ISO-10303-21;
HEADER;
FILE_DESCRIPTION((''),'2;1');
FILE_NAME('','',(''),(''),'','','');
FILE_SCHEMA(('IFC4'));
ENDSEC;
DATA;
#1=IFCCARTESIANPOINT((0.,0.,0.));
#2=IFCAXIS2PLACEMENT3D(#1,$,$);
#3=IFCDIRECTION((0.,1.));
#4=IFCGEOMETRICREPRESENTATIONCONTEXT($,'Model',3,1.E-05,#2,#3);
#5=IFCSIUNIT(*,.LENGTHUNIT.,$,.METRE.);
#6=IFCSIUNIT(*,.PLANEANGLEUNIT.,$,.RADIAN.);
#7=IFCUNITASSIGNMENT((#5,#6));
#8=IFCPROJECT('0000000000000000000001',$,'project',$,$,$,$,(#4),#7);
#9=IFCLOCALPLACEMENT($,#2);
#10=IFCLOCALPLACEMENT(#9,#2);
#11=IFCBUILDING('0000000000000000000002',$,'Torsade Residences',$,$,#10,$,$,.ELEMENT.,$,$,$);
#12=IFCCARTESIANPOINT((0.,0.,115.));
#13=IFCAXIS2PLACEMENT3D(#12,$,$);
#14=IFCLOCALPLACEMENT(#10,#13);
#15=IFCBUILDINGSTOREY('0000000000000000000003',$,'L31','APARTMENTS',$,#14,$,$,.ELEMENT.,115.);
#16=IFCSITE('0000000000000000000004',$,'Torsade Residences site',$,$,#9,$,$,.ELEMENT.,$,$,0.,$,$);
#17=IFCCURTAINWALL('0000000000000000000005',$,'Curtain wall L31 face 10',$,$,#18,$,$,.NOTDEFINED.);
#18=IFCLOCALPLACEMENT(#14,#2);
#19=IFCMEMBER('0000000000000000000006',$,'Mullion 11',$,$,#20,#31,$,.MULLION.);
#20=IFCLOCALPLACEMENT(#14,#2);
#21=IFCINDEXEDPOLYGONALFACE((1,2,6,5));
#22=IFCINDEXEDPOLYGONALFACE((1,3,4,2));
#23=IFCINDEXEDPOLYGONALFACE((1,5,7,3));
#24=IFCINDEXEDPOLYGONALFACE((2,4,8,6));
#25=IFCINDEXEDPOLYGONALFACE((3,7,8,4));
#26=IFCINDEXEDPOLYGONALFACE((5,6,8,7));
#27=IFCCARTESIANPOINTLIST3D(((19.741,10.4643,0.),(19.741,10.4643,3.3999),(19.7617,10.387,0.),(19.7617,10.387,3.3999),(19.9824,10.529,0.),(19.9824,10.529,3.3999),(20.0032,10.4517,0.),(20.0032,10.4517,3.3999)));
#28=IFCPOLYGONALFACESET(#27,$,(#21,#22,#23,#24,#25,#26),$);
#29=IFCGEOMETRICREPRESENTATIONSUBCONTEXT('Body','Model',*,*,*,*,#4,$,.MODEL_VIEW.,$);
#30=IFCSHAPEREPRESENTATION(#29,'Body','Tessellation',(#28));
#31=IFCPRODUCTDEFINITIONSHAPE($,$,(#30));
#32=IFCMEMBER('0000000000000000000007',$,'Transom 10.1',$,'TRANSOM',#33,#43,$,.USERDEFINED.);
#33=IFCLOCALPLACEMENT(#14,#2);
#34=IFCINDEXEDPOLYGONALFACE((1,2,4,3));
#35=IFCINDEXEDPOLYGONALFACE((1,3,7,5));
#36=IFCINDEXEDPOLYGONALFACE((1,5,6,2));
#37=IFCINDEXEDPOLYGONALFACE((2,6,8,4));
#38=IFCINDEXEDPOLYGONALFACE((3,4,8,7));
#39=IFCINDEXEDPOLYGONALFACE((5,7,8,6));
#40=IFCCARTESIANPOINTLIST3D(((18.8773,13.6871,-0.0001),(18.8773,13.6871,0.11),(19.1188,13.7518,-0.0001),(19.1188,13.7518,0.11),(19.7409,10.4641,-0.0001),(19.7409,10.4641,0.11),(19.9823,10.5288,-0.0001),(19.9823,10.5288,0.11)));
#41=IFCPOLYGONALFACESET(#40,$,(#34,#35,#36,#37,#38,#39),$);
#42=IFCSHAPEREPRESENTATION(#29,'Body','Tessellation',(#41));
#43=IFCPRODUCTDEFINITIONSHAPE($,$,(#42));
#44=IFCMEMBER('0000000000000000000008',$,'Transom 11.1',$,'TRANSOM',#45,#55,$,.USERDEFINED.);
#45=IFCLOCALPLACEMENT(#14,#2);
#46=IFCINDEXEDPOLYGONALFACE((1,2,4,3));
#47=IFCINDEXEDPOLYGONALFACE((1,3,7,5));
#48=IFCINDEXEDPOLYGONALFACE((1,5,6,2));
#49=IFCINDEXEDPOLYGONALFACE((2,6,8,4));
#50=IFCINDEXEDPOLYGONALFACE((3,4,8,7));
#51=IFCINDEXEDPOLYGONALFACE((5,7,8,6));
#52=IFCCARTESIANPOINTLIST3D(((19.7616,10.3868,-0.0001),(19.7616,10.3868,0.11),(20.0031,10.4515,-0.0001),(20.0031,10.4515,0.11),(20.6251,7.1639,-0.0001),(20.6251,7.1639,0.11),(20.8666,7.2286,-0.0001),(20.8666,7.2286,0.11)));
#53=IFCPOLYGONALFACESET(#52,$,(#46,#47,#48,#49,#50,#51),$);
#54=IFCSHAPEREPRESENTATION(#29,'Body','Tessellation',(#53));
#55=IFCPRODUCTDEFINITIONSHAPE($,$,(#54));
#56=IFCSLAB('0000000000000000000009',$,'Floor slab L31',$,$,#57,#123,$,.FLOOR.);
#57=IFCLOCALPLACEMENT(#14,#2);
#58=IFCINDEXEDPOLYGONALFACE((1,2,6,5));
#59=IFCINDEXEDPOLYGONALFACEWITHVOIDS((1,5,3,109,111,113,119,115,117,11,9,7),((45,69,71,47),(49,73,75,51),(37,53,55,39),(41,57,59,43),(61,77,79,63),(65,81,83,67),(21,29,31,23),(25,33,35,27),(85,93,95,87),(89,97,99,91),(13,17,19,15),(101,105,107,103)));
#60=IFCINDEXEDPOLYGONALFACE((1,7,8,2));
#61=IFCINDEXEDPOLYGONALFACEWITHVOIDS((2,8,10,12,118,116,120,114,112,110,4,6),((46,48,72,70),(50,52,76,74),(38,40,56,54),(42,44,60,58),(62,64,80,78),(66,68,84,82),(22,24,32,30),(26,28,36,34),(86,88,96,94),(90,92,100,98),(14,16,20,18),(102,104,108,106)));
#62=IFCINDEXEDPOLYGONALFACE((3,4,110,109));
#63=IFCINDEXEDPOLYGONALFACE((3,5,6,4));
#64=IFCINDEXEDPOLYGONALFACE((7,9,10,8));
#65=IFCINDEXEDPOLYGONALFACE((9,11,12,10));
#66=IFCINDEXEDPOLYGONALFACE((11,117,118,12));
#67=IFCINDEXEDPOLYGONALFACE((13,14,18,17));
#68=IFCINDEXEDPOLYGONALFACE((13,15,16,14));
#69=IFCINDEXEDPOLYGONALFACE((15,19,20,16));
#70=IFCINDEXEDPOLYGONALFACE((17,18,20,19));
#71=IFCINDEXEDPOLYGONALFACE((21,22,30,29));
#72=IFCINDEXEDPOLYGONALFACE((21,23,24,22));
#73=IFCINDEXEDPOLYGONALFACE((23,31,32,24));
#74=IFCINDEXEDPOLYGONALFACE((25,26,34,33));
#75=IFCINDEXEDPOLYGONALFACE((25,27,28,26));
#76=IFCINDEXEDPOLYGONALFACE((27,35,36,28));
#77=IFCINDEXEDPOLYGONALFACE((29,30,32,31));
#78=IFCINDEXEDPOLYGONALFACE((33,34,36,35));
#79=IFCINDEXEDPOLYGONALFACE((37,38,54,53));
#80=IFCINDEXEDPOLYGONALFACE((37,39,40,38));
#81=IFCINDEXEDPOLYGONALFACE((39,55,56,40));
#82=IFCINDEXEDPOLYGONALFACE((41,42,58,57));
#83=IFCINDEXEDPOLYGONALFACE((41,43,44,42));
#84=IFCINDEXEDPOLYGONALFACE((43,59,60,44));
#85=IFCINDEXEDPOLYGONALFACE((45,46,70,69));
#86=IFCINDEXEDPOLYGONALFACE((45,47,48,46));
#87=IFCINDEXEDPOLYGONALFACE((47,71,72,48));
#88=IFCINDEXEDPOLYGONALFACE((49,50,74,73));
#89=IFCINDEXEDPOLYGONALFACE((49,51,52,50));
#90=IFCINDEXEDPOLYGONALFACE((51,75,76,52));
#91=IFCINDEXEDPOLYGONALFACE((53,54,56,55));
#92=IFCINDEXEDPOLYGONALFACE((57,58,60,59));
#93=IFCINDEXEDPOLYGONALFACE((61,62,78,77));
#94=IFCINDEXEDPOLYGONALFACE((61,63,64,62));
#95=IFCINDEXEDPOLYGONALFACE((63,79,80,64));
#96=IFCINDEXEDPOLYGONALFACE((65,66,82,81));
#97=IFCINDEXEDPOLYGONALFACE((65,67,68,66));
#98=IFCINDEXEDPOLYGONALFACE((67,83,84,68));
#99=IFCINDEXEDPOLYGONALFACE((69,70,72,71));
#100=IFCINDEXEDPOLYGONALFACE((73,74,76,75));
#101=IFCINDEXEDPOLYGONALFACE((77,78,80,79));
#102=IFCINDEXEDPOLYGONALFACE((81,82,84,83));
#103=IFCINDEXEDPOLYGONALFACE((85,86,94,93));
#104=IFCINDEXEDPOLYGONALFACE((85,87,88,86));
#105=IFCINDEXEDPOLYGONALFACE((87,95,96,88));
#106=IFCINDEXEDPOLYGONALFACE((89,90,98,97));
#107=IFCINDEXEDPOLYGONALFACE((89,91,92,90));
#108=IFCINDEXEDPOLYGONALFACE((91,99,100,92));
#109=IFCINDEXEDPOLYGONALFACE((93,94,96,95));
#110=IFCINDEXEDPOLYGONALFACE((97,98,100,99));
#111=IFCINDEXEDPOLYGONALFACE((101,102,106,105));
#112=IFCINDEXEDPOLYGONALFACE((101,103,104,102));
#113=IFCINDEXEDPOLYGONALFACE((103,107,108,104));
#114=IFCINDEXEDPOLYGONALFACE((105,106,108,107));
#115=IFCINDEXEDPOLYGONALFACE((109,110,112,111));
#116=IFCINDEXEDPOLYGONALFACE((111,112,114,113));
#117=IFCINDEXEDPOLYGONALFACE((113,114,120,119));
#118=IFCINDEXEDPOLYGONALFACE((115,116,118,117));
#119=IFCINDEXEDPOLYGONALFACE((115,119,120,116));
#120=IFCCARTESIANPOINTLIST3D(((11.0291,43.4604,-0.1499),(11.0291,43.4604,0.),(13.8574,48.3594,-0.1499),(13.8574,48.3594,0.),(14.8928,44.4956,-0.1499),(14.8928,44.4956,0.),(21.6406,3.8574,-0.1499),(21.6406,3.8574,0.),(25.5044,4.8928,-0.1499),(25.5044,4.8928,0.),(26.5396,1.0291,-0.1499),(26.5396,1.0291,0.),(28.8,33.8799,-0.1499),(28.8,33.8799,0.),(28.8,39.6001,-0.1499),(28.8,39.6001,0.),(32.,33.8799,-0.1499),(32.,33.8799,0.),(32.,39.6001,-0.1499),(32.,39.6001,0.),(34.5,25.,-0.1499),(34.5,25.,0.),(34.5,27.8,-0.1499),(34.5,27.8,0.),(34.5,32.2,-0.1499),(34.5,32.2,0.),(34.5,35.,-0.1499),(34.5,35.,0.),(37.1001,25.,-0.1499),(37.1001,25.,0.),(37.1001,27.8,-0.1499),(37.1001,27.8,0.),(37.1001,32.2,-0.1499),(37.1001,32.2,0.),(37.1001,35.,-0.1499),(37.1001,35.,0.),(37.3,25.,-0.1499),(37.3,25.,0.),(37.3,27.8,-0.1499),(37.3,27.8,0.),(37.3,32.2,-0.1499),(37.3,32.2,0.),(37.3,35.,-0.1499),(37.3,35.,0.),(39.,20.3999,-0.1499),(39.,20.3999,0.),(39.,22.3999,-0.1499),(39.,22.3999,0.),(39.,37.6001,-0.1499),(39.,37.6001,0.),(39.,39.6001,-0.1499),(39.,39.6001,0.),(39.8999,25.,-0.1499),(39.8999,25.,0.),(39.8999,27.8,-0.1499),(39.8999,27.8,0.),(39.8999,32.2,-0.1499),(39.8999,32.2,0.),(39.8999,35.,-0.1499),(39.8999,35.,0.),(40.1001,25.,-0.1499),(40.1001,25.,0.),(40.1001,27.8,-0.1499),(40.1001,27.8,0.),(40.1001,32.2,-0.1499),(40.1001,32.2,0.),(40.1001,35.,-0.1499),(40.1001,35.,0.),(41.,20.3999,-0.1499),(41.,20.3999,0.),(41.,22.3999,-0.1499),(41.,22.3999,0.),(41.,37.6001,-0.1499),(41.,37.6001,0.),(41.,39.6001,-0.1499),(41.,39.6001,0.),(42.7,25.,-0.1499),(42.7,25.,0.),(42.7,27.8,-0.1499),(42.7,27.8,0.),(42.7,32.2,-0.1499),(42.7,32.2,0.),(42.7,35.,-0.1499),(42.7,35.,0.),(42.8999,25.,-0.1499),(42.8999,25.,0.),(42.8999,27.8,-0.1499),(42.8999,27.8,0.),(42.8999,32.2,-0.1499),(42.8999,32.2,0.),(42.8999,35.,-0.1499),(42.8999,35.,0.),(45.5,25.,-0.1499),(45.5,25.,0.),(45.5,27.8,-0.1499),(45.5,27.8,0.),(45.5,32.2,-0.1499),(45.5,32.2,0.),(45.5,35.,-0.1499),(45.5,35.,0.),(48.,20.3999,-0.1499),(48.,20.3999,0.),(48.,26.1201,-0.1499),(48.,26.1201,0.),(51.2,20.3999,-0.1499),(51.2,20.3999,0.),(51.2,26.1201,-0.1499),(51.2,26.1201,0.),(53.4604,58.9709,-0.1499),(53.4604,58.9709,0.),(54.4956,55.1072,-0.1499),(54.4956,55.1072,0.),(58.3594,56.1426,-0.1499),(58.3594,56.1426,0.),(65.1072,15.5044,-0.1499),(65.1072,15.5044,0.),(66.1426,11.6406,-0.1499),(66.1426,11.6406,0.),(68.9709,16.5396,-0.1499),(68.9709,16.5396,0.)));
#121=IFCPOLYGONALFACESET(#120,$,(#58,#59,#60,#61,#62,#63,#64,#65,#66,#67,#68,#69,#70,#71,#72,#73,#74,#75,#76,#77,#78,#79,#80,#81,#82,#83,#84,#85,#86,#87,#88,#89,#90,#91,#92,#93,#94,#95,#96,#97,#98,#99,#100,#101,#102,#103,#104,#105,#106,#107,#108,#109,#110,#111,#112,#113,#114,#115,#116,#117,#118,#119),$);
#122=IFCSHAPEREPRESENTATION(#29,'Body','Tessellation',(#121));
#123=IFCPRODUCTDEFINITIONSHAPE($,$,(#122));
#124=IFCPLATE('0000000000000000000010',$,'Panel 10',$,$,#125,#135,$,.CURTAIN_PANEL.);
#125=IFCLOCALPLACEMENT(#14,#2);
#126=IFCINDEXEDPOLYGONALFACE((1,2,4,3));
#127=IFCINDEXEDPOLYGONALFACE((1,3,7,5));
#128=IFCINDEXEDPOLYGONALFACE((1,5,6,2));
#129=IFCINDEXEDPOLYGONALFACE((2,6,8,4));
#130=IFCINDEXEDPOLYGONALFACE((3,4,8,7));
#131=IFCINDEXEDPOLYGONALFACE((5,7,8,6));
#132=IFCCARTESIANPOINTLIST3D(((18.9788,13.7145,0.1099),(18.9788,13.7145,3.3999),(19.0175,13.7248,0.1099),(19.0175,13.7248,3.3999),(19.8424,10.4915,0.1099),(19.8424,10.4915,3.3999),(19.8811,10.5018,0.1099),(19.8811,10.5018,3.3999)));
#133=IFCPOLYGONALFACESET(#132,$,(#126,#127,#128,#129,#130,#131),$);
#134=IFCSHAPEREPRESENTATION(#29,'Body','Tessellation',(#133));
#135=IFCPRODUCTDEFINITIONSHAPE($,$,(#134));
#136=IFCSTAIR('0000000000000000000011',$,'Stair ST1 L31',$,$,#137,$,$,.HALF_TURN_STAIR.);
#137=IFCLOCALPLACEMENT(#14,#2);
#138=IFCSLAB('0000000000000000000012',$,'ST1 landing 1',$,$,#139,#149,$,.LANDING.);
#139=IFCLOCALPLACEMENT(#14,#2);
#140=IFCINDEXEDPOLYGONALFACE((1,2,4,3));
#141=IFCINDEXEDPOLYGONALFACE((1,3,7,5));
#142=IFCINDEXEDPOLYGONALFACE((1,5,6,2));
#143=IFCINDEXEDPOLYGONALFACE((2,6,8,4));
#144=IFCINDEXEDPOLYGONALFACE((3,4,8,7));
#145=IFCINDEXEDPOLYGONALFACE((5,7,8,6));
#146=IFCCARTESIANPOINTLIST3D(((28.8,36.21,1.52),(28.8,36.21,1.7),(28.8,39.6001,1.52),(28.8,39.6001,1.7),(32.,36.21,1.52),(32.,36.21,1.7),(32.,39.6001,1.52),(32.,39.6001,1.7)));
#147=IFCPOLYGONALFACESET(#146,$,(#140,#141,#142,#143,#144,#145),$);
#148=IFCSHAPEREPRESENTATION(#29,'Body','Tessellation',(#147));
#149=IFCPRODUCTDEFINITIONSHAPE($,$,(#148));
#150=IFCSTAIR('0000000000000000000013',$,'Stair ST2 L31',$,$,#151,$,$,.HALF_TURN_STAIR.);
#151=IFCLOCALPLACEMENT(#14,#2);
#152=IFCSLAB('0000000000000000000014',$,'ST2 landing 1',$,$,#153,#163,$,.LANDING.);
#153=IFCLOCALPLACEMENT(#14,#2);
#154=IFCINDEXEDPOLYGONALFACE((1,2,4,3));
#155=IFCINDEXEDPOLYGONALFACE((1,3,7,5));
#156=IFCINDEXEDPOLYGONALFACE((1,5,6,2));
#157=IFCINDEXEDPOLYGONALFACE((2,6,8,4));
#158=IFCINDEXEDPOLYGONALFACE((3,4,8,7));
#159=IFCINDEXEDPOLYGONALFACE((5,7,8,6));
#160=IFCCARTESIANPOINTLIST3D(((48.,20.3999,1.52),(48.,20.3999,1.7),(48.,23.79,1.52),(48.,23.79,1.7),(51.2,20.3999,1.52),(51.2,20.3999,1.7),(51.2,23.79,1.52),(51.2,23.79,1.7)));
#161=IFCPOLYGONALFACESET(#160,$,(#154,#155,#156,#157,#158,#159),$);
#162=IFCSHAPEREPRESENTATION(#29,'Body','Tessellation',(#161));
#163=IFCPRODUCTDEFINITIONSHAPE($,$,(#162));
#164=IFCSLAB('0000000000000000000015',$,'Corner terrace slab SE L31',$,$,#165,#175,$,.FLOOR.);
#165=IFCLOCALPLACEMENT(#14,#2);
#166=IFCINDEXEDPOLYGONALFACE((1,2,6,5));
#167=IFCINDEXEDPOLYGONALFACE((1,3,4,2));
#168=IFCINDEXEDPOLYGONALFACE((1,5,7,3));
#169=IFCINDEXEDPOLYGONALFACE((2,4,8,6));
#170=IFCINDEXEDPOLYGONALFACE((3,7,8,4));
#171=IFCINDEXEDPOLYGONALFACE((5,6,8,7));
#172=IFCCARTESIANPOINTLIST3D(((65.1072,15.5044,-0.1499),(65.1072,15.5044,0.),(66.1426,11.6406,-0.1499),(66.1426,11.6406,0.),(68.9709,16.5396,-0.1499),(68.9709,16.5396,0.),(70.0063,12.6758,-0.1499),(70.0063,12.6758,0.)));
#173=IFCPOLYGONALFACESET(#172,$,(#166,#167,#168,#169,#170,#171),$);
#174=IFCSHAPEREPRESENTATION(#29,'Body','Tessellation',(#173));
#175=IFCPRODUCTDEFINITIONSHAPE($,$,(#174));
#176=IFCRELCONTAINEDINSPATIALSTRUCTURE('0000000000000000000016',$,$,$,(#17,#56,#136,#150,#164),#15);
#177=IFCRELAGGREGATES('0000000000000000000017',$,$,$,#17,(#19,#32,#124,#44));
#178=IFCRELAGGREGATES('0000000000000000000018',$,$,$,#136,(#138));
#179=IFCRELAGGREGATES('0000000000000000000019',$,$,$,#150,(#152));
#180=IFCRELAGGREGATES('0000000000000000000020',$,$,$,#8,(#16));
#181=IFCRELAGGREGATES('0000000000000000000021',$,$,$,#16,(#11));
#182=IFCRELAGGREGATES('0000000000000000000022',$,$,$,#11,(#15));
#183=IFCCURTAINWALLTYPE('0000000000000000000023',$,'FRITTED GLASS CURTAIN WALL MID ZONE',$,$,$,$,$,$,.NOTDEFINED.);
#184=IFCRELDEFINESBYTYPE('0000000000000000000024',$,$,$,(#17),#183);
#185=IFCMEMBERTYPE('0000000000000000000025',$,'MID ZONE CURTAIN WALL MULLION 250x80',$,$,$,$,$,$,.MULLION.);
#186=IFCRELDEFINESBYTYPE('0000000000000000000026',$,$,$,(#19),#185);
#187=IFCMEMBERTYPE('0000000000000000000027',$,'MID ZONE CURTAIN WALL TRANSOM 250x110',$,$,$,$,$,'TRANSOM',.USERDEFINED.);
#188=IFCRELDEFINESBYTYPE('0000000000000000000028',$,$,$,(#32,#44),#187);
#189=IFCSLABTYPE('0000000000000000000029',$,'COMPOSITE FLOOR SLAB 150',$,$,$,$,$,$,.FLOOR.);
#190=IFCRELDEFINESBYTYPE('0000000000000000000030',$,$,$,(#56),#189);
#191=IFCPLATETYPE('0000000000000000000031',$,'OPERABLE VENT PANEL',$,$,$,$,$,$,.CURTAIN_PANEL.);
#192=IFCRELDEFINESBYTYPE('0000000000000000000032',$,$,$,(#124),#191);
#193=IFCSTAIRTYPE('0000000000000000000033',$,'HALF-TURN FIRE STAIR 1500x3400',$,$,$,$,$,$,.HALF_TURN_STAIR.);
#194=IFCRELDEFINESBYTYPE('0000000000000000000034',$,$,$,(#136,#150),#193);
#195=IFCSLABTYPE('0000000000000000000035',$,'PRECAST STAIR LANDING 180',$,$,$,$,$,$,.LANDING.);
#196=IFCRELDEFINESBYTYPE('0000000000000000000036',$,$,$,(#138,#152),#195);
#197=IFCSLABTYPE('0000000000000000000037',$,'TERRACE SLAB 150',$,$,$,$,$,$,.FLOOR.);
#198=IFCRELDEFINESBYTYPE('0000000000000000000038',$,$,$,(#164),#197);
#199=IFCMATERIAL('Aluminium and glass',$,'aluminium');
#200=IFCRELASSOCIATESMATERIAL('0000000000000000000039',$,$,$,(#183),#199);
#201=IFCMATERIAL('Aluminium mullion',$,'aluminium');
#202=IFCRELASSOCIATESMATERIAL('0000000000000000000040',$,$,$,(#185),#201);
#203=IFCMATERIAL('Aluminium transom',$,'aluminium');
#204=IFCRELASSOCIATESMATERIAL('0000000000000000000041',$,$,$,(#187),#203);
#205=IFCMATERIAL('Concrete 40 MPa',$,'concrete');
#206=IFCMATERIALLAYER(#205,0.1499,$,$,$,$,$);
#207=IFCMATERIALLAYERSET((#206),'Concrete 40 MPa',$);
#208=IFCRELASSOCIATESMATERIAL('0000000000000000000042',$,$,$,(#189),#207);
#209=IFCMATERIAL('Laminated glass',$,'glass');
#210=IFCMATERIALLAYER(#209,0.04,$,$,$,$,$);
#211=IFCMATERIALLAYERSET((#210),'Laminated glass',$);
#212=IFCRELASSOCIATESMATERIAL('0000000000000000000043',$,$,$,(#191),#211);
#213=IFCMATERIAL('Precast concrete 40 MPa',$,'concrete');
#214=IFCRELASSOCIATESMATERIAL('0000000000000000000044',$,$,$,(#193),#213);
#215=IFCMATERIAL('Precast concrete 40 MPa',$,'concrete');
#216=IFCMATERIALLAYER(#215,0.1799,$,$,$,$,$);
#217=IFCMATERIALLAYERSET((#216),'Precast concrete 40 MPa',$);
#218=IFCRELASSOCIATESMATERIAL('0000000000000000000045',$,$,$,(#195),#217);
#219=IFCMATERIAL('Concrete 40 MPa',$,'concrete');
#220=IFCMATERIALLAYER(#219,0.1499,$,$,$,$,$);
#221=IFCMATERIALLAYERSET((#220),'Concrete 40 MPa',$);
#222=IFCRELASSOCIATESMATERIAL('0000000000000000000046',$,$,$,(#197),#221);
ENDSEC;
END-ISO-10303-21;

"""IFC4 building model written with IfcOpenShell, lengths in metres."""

from ifc_helpers import new_model, si_unit, direction, frame, origin, origin_2d, place, context, subcontext, project, spatial, polyline, rectangle, outline, extrude, material, layer, layer_set, material_profile, profile_set, type_object, element, aggregate, save


model = new_model("IFC4")

# Units and contexts
model_context = context("Model", 3, precision=1e-05, world=origin(), true_north=direction((0.0, 1.0)))
body_context = subcontext(model_context, "Body", "Model", "MODEL_VIEW")
ifc_project = project(units=[si_unit("LENGTHUNIT", "METRE"), si_unit("PLANEANGLEUNIT", "RADIAN")], contexts=[model_context])

# Site, building, storey
site_placement = place(None, origin())
site = spatial("IfcSite", under=ifc_project, at=site_placement, Name="Torsade Residences site", CompositionType="ELEMENT", RefElevation=0.0)
building_placement = place(site_placement, origin())
building = spatial("IfcBuilding", under=site, at=building_placement, Name="Torsade Residences", CompositionType="ELEMENT")
storey_placement = place(building_placement, frame((0.0, 0.0, 115.0)))
storey = spatial("IfcBuildingStorey", under=building, at=storey_placement, Name="L31", Description="APARTMENTS", CompositionType="ELEMENT", Elevation=115.0)

# Curtain wall, members
ifc_material_1 = material(Name="Aluminium and glass", Category="aluminium")
curtain_wall_type = type_object("IfcCurtainWallType", Name="FRITTED GLASS CURTAIN WALL MID ZONE", PredefinedType="NOTDEFINED", material=ifc_material_1)
curtain_wall_placement = place(storey_placement, origin())
curtain_wall = element("IfcCurtainWall", 1, at=curtain_wall_placement, inside=storey, type_object=curtain_wall_type, Name="Curtain wall L31 face 10", PredefinedType="NOTDEFINED")
ifc_material_2 = material(Name="Aluminium mullion", Category="aluminium")
ifc_material_profile_1 = material_profile(ifc_material_2, rectangle(XDim=0.25, YDim=0.0801, at=origin_2d()), Name="MID ZONE CURTAIN WALL MULLION 250x80")
ifc_profile_set_1 = profile_set([ifc_material_profile_1], Name="Aluminium mullion")
member_type_1 = type_object("IfcMemberType", Name="MID ZONE CURTAIN WALL MULLION 250x80", PredefinedType="MULLION", material=ifc_profile_set_1)
member_1_placement = place(storey_placement, frame((19.8721, 10.458, 0.0), z_axis=(0.0, 0.0, 1.0), x_axis=(0.965926, 0.258819, 0.0)))
member_1 = element("IfcMember", 2, at=member_1_placement, type_object=member_type_1, Name="Mullion 11", PredefinedType="MULLION", context=body_context, shape_type="SweptSolid", body=[
    extrude(rectangle(XDim=0.25, YDim=0.0801, at=origin_2d()), origin(), (0.0, 0.0, 1.0), 3.3999),
])
ifc_material_3 = material(Name="Aluminium transom", Category="aluminium")
ifc_material_profile_2 = material_profile(ifc_material_3, rectangle(XDim=0.25, YDim=0.1101, at=origin_2d()), Name="MID ZONE CURTAIN WALL TRANSOM 250x110")
ifc_profile_set_2 = profile_set([ifc_material_profile_2], Name="Aluminium transom")
member_type_2 = type_object("IfcMemberType", Name="MID ZONE CURTAIN WALL TRANSOM 250x110", ElementType="TRANSOM", PredefinedType="USERDEFINED", material=ifc_profile_set_2)
member_2_placement = place(storey_placement, frame((18.998, 13.7195, 0.0549), z_axis=(0.258806, -0.965929, 0.0), x_axis=(0.965929, 0.258806, 0.0)))
member_2 = element("IfcMember", 3, at=member_2_placement, type_object=member_type_2, Name="Transom 10.1", ObjectType="TRANSOM", PredefinedType="USERDEFINED", context=body_context, shape_type="SweptSolid", body=[
    extrude(rectangle(XDim=0.25, YDim=0.1101, at=origin_2d()), origin(), (0.0, 0.0, 1.0), 3.3367),
])
member_3_placement = place(storey_placement, frame((19.8823, 10.4192, 0.0549), z_axis=(0.258806, -0.965929, 0.0), x_axis=(0.965929, 0.258806, 0.0)))
member_3 = element("IfcMember", 4, at=member_3_placement, type_object=member_type_2, Name="Transom 11.1", ObjectType="TRANSOM", PredefinedType="USERDEFINED", context=body_context, shape_type="SweptSolid", body=[
    extrude(rectangle(XDim=0.25, YDim=0.1101, at=origin_2d()), origin(), (0.0, 0.0, 1.0), 3.3367),
])

# Slab
ifc_material_4 = material(Name="Concrete 40 MPa", Category="concrete")
ifc_layer_1 = layer(ifc_material_4, 0.1499)
ifc_layer_set_1 = layer_set([ifc_layer_1], Name="Concrete 40 MPa")
slab_type_1 = type_object("IfcSlabType", Name="COMPOSITE FLOOR SLAB 150", PredefinedType="FLOOR", material=ifc_layer_set_1)
slab_1_placement = place(storey_placement, frame((0.0, 0.0, -0.1499)))
element("IfcSlab", 5, at=slab_1_placement, inside=storey, type_object=slab_type_1, Name="Floor slab L31", PredefinedType="FLOOR", context=body_context, shape_type="SweptSolid", body=[
    extrude(outline(polyline([(26.5396, 1.0291), (66.1426, 11.6406), (65.1072, 15.5044), (68.9709, 16.5396), (58.3594, 56.1426), (54.4956, 55.1072), (53.4604, 58.9709), (13.8574, 48.3594), (14.8928, 44.4956), (11.0291, 43.4604), (21.6406, 3.8574), (25.5044, 4.8928), (26.5396, 1.0291)]), holes=[polyline([(51.2, 20.3999), (51.2, 26.1201), (48.0, 26.1201), (48.0, 20.3999), (51.2, 20.3999)]), polyline([(45.5, 27.8), (42.8999, 27.8), (42.8999, 25.0), (45.5, 25.0), (45.5, 27.8)]), polyline([(45.5, 32.2), (45.5, 35.0), (42.8999, 35.0), (42.8999, 32.2), (45.5, 32.2)]), polyline([(42.7, 25.0), (42.7, 27.8), (40.1001, 27.8), (40.1001, 25.0), (42.7, 25.0)]), polyline([(42.7, 32.2), (42.7, 35.0), (40.1001, 35.0), (40.1001, 32.2), (42.7, 32.2)]), polyline([(41.0, 22.3999), (39.0, 22.3999), (39.0, 20.3999), (41.0, 20.3999), (41.0, 22.3999)]), polyline([(41.0, 37.6001), (41.0, 39.6001), (39.0, 39.6001), (39.0, 37.6001), (41.0, 37.6001)]), polyline([(39.8999, 25.0), (39.8999, 27.8), (37.3, 27.8), (37.3, 25.0), (39.8999, 25.0)]), polyline([(39.8999, 35.0), (37.3, 35.0), (37.3, 32.2), (39.8999, 32.2), (39.8999, 35.0)]), polyline([(37.1001, 27.8), (34.5, 27.8), (34.5, 25.0), (37.1001, 25.0), (37.1001, 27.8)]), polyline([(37.1001, 32.2), (37.1001, 35.0), (34.5, 35.0), (34.5, 32.2), (37.1001, 32.2)]), polyline([(32.0, 33.8799), (32.0, 39.6001), (28.8, 39.6001), (28.8, 33.8799), (32.0, 33.8799)])]), origin(), (0.0, 0.0, 1.0), 0.1499),
])

# Plate
ifc_material_5 = material(Name="Laminated glass", Category="glass")
ifc_layer_2 = layer(ifc_material_5, 0.04)
ifc_layer_set_2 = layer_set([ifc_layer_2], Name="Laminated glass")
plate_type = type_object("IfcPlateType", Name="OPERABLE VENT PANEL", PredefinedType="CURTAIN_PANEL", material=ifc_layer_set_2)
plate_placement = place(storey_placement, frame((19.4299, 12.1082, 0.1099), z_axis=(0.0, 0.0, 1.0), x_axis=(0.258819, -0.965926, 0.0)))
plate = element("IfcPlate", 6, at=plate_placement, type_object=plate_type, Name="Panel 10", PredefinedType="CURTAIN_PANEL", context=body_context, shape_type="SweptSolid", body=[
    extrude(rectangle(XDim=3.3367, YDim=0.04, at=origin_2d()), origin(), (0.0, 0.0, 1.0), 3.29),
])
aggregate(curtain_wall, [member_1, member_2, plate, member_3])

# Stairs, slabs
ifc_material_6 = material(Name="Precast concrete 40 MPa", Category="concrete")
stair_type = type_object("IfcStairType", Name="HALF-TURN FIRE STAIR 1500x3400", PredefinedType="HALF_TURN_STAIR", material=ifc_material_6)
stair_1_placement = place(storey_placement, origin())
stair_1 = element("IfcStair", 7, at=stair_1_placement, inside=storey, type_object=stair_type, Name="Stair ST1 L31", PredefinedType="HALF_TURN_STAIR")
ifc_material_7 = material(Name="Precast concrete 40 MPa", Category="concrete")
ifc_layer_3 = layer(ifc_material_7, 0.1799)
ifc_layer_set_3 = layer_set([ifc_layer_3], Name="Precast concrete 40 MPa")
slab_type_2 = type_object("IfcSlabType", Name="PRECAST STAIR LANDING 180", PredefinedType="LANDING", material=ifc_layer_set_3)
slab_2_placement = place(storey_placement, frame((0.0, 0.0, 1.52)))
slab_2 = element("IfcSlab", 8, at=slab_2_placement, type_object=slab_type_2, Name="ST1 landing 1", PredefinedType="LANDING", context=body_context, shape_type="SweptSolid", body=[
    extrude(outline(polyline([(28.8, 36.21), (32.0, 36.21), (32.0, 39.6001), (28.8, 39.6001), (28.8, 36.21)])), origin(), (0.0, 0.0, 1.0), 0.1799),
])
aggregate(stair_1, [slab_2])
stair_2_placement = place(storey_placement, origin())
stair_2 = element("IfcStair", 9, at=stair_2_placement, inside=storey, type_object=stair_type, Name="Stair ST2 L31", PredefinedType="HALF_TURN_STAIR")
slab_3_placement = place(storey_placement, frame((0.0, 0.0, 1.52)))
slab_3 = element("IfcSlab", 10, at=slab_3_placement, type_object=slab_type_2, Name="ST2 landing 1", PredefinedType="LANDING", context=body_context, shape_type="SweptSolid", body=[
    extrude(outline(polyline([(48.0, 20.3999), (51.2, 20.3999), (51.2, 23.79), (48.0, 23.79), (48.0, 20.3999)])), origin(), (0.0, 0.0, 1.0), 0.1799),
])
aggregate(stair_2, [slab_3])

# Slab
ifc_material_8 = material(Name="Concrete 40 MPa", Category="concrete")
ifc_layer_4 = layer(ifc_material_8, 0.1499)
ifc_layer_set_4 = layer_set([ifc_layer_4], Name="Concrete 40 MPa")
slab_type_3 = type_object("IfcSlabType", Name="TERRACE SLAB 150", PredefinedType="FLOOR", material=ifc_layer_set_4)
slab_4_placement = place(storey_placement, frame((0.0, 0.0, -0.1499)))
element("IfcSlab", 11, at=slab_4_placement, inside=storey, type_object=slab_type_3, Name="Corner terrace slab SE L31", PredefinedType="FLOOR", context=body_context, shape_type="SweptSolid", body=[
    extrude(outline(polyline([(66.1426, 11.6406), (70.0063, 12.6758), (68.9709, 16.5396), (65.1072, 15.5044), (66.1426, 11.6406)])), origin(), (0.0, 0.0, 1.0), 0.1499),
])

save(model, "model.ifc")
